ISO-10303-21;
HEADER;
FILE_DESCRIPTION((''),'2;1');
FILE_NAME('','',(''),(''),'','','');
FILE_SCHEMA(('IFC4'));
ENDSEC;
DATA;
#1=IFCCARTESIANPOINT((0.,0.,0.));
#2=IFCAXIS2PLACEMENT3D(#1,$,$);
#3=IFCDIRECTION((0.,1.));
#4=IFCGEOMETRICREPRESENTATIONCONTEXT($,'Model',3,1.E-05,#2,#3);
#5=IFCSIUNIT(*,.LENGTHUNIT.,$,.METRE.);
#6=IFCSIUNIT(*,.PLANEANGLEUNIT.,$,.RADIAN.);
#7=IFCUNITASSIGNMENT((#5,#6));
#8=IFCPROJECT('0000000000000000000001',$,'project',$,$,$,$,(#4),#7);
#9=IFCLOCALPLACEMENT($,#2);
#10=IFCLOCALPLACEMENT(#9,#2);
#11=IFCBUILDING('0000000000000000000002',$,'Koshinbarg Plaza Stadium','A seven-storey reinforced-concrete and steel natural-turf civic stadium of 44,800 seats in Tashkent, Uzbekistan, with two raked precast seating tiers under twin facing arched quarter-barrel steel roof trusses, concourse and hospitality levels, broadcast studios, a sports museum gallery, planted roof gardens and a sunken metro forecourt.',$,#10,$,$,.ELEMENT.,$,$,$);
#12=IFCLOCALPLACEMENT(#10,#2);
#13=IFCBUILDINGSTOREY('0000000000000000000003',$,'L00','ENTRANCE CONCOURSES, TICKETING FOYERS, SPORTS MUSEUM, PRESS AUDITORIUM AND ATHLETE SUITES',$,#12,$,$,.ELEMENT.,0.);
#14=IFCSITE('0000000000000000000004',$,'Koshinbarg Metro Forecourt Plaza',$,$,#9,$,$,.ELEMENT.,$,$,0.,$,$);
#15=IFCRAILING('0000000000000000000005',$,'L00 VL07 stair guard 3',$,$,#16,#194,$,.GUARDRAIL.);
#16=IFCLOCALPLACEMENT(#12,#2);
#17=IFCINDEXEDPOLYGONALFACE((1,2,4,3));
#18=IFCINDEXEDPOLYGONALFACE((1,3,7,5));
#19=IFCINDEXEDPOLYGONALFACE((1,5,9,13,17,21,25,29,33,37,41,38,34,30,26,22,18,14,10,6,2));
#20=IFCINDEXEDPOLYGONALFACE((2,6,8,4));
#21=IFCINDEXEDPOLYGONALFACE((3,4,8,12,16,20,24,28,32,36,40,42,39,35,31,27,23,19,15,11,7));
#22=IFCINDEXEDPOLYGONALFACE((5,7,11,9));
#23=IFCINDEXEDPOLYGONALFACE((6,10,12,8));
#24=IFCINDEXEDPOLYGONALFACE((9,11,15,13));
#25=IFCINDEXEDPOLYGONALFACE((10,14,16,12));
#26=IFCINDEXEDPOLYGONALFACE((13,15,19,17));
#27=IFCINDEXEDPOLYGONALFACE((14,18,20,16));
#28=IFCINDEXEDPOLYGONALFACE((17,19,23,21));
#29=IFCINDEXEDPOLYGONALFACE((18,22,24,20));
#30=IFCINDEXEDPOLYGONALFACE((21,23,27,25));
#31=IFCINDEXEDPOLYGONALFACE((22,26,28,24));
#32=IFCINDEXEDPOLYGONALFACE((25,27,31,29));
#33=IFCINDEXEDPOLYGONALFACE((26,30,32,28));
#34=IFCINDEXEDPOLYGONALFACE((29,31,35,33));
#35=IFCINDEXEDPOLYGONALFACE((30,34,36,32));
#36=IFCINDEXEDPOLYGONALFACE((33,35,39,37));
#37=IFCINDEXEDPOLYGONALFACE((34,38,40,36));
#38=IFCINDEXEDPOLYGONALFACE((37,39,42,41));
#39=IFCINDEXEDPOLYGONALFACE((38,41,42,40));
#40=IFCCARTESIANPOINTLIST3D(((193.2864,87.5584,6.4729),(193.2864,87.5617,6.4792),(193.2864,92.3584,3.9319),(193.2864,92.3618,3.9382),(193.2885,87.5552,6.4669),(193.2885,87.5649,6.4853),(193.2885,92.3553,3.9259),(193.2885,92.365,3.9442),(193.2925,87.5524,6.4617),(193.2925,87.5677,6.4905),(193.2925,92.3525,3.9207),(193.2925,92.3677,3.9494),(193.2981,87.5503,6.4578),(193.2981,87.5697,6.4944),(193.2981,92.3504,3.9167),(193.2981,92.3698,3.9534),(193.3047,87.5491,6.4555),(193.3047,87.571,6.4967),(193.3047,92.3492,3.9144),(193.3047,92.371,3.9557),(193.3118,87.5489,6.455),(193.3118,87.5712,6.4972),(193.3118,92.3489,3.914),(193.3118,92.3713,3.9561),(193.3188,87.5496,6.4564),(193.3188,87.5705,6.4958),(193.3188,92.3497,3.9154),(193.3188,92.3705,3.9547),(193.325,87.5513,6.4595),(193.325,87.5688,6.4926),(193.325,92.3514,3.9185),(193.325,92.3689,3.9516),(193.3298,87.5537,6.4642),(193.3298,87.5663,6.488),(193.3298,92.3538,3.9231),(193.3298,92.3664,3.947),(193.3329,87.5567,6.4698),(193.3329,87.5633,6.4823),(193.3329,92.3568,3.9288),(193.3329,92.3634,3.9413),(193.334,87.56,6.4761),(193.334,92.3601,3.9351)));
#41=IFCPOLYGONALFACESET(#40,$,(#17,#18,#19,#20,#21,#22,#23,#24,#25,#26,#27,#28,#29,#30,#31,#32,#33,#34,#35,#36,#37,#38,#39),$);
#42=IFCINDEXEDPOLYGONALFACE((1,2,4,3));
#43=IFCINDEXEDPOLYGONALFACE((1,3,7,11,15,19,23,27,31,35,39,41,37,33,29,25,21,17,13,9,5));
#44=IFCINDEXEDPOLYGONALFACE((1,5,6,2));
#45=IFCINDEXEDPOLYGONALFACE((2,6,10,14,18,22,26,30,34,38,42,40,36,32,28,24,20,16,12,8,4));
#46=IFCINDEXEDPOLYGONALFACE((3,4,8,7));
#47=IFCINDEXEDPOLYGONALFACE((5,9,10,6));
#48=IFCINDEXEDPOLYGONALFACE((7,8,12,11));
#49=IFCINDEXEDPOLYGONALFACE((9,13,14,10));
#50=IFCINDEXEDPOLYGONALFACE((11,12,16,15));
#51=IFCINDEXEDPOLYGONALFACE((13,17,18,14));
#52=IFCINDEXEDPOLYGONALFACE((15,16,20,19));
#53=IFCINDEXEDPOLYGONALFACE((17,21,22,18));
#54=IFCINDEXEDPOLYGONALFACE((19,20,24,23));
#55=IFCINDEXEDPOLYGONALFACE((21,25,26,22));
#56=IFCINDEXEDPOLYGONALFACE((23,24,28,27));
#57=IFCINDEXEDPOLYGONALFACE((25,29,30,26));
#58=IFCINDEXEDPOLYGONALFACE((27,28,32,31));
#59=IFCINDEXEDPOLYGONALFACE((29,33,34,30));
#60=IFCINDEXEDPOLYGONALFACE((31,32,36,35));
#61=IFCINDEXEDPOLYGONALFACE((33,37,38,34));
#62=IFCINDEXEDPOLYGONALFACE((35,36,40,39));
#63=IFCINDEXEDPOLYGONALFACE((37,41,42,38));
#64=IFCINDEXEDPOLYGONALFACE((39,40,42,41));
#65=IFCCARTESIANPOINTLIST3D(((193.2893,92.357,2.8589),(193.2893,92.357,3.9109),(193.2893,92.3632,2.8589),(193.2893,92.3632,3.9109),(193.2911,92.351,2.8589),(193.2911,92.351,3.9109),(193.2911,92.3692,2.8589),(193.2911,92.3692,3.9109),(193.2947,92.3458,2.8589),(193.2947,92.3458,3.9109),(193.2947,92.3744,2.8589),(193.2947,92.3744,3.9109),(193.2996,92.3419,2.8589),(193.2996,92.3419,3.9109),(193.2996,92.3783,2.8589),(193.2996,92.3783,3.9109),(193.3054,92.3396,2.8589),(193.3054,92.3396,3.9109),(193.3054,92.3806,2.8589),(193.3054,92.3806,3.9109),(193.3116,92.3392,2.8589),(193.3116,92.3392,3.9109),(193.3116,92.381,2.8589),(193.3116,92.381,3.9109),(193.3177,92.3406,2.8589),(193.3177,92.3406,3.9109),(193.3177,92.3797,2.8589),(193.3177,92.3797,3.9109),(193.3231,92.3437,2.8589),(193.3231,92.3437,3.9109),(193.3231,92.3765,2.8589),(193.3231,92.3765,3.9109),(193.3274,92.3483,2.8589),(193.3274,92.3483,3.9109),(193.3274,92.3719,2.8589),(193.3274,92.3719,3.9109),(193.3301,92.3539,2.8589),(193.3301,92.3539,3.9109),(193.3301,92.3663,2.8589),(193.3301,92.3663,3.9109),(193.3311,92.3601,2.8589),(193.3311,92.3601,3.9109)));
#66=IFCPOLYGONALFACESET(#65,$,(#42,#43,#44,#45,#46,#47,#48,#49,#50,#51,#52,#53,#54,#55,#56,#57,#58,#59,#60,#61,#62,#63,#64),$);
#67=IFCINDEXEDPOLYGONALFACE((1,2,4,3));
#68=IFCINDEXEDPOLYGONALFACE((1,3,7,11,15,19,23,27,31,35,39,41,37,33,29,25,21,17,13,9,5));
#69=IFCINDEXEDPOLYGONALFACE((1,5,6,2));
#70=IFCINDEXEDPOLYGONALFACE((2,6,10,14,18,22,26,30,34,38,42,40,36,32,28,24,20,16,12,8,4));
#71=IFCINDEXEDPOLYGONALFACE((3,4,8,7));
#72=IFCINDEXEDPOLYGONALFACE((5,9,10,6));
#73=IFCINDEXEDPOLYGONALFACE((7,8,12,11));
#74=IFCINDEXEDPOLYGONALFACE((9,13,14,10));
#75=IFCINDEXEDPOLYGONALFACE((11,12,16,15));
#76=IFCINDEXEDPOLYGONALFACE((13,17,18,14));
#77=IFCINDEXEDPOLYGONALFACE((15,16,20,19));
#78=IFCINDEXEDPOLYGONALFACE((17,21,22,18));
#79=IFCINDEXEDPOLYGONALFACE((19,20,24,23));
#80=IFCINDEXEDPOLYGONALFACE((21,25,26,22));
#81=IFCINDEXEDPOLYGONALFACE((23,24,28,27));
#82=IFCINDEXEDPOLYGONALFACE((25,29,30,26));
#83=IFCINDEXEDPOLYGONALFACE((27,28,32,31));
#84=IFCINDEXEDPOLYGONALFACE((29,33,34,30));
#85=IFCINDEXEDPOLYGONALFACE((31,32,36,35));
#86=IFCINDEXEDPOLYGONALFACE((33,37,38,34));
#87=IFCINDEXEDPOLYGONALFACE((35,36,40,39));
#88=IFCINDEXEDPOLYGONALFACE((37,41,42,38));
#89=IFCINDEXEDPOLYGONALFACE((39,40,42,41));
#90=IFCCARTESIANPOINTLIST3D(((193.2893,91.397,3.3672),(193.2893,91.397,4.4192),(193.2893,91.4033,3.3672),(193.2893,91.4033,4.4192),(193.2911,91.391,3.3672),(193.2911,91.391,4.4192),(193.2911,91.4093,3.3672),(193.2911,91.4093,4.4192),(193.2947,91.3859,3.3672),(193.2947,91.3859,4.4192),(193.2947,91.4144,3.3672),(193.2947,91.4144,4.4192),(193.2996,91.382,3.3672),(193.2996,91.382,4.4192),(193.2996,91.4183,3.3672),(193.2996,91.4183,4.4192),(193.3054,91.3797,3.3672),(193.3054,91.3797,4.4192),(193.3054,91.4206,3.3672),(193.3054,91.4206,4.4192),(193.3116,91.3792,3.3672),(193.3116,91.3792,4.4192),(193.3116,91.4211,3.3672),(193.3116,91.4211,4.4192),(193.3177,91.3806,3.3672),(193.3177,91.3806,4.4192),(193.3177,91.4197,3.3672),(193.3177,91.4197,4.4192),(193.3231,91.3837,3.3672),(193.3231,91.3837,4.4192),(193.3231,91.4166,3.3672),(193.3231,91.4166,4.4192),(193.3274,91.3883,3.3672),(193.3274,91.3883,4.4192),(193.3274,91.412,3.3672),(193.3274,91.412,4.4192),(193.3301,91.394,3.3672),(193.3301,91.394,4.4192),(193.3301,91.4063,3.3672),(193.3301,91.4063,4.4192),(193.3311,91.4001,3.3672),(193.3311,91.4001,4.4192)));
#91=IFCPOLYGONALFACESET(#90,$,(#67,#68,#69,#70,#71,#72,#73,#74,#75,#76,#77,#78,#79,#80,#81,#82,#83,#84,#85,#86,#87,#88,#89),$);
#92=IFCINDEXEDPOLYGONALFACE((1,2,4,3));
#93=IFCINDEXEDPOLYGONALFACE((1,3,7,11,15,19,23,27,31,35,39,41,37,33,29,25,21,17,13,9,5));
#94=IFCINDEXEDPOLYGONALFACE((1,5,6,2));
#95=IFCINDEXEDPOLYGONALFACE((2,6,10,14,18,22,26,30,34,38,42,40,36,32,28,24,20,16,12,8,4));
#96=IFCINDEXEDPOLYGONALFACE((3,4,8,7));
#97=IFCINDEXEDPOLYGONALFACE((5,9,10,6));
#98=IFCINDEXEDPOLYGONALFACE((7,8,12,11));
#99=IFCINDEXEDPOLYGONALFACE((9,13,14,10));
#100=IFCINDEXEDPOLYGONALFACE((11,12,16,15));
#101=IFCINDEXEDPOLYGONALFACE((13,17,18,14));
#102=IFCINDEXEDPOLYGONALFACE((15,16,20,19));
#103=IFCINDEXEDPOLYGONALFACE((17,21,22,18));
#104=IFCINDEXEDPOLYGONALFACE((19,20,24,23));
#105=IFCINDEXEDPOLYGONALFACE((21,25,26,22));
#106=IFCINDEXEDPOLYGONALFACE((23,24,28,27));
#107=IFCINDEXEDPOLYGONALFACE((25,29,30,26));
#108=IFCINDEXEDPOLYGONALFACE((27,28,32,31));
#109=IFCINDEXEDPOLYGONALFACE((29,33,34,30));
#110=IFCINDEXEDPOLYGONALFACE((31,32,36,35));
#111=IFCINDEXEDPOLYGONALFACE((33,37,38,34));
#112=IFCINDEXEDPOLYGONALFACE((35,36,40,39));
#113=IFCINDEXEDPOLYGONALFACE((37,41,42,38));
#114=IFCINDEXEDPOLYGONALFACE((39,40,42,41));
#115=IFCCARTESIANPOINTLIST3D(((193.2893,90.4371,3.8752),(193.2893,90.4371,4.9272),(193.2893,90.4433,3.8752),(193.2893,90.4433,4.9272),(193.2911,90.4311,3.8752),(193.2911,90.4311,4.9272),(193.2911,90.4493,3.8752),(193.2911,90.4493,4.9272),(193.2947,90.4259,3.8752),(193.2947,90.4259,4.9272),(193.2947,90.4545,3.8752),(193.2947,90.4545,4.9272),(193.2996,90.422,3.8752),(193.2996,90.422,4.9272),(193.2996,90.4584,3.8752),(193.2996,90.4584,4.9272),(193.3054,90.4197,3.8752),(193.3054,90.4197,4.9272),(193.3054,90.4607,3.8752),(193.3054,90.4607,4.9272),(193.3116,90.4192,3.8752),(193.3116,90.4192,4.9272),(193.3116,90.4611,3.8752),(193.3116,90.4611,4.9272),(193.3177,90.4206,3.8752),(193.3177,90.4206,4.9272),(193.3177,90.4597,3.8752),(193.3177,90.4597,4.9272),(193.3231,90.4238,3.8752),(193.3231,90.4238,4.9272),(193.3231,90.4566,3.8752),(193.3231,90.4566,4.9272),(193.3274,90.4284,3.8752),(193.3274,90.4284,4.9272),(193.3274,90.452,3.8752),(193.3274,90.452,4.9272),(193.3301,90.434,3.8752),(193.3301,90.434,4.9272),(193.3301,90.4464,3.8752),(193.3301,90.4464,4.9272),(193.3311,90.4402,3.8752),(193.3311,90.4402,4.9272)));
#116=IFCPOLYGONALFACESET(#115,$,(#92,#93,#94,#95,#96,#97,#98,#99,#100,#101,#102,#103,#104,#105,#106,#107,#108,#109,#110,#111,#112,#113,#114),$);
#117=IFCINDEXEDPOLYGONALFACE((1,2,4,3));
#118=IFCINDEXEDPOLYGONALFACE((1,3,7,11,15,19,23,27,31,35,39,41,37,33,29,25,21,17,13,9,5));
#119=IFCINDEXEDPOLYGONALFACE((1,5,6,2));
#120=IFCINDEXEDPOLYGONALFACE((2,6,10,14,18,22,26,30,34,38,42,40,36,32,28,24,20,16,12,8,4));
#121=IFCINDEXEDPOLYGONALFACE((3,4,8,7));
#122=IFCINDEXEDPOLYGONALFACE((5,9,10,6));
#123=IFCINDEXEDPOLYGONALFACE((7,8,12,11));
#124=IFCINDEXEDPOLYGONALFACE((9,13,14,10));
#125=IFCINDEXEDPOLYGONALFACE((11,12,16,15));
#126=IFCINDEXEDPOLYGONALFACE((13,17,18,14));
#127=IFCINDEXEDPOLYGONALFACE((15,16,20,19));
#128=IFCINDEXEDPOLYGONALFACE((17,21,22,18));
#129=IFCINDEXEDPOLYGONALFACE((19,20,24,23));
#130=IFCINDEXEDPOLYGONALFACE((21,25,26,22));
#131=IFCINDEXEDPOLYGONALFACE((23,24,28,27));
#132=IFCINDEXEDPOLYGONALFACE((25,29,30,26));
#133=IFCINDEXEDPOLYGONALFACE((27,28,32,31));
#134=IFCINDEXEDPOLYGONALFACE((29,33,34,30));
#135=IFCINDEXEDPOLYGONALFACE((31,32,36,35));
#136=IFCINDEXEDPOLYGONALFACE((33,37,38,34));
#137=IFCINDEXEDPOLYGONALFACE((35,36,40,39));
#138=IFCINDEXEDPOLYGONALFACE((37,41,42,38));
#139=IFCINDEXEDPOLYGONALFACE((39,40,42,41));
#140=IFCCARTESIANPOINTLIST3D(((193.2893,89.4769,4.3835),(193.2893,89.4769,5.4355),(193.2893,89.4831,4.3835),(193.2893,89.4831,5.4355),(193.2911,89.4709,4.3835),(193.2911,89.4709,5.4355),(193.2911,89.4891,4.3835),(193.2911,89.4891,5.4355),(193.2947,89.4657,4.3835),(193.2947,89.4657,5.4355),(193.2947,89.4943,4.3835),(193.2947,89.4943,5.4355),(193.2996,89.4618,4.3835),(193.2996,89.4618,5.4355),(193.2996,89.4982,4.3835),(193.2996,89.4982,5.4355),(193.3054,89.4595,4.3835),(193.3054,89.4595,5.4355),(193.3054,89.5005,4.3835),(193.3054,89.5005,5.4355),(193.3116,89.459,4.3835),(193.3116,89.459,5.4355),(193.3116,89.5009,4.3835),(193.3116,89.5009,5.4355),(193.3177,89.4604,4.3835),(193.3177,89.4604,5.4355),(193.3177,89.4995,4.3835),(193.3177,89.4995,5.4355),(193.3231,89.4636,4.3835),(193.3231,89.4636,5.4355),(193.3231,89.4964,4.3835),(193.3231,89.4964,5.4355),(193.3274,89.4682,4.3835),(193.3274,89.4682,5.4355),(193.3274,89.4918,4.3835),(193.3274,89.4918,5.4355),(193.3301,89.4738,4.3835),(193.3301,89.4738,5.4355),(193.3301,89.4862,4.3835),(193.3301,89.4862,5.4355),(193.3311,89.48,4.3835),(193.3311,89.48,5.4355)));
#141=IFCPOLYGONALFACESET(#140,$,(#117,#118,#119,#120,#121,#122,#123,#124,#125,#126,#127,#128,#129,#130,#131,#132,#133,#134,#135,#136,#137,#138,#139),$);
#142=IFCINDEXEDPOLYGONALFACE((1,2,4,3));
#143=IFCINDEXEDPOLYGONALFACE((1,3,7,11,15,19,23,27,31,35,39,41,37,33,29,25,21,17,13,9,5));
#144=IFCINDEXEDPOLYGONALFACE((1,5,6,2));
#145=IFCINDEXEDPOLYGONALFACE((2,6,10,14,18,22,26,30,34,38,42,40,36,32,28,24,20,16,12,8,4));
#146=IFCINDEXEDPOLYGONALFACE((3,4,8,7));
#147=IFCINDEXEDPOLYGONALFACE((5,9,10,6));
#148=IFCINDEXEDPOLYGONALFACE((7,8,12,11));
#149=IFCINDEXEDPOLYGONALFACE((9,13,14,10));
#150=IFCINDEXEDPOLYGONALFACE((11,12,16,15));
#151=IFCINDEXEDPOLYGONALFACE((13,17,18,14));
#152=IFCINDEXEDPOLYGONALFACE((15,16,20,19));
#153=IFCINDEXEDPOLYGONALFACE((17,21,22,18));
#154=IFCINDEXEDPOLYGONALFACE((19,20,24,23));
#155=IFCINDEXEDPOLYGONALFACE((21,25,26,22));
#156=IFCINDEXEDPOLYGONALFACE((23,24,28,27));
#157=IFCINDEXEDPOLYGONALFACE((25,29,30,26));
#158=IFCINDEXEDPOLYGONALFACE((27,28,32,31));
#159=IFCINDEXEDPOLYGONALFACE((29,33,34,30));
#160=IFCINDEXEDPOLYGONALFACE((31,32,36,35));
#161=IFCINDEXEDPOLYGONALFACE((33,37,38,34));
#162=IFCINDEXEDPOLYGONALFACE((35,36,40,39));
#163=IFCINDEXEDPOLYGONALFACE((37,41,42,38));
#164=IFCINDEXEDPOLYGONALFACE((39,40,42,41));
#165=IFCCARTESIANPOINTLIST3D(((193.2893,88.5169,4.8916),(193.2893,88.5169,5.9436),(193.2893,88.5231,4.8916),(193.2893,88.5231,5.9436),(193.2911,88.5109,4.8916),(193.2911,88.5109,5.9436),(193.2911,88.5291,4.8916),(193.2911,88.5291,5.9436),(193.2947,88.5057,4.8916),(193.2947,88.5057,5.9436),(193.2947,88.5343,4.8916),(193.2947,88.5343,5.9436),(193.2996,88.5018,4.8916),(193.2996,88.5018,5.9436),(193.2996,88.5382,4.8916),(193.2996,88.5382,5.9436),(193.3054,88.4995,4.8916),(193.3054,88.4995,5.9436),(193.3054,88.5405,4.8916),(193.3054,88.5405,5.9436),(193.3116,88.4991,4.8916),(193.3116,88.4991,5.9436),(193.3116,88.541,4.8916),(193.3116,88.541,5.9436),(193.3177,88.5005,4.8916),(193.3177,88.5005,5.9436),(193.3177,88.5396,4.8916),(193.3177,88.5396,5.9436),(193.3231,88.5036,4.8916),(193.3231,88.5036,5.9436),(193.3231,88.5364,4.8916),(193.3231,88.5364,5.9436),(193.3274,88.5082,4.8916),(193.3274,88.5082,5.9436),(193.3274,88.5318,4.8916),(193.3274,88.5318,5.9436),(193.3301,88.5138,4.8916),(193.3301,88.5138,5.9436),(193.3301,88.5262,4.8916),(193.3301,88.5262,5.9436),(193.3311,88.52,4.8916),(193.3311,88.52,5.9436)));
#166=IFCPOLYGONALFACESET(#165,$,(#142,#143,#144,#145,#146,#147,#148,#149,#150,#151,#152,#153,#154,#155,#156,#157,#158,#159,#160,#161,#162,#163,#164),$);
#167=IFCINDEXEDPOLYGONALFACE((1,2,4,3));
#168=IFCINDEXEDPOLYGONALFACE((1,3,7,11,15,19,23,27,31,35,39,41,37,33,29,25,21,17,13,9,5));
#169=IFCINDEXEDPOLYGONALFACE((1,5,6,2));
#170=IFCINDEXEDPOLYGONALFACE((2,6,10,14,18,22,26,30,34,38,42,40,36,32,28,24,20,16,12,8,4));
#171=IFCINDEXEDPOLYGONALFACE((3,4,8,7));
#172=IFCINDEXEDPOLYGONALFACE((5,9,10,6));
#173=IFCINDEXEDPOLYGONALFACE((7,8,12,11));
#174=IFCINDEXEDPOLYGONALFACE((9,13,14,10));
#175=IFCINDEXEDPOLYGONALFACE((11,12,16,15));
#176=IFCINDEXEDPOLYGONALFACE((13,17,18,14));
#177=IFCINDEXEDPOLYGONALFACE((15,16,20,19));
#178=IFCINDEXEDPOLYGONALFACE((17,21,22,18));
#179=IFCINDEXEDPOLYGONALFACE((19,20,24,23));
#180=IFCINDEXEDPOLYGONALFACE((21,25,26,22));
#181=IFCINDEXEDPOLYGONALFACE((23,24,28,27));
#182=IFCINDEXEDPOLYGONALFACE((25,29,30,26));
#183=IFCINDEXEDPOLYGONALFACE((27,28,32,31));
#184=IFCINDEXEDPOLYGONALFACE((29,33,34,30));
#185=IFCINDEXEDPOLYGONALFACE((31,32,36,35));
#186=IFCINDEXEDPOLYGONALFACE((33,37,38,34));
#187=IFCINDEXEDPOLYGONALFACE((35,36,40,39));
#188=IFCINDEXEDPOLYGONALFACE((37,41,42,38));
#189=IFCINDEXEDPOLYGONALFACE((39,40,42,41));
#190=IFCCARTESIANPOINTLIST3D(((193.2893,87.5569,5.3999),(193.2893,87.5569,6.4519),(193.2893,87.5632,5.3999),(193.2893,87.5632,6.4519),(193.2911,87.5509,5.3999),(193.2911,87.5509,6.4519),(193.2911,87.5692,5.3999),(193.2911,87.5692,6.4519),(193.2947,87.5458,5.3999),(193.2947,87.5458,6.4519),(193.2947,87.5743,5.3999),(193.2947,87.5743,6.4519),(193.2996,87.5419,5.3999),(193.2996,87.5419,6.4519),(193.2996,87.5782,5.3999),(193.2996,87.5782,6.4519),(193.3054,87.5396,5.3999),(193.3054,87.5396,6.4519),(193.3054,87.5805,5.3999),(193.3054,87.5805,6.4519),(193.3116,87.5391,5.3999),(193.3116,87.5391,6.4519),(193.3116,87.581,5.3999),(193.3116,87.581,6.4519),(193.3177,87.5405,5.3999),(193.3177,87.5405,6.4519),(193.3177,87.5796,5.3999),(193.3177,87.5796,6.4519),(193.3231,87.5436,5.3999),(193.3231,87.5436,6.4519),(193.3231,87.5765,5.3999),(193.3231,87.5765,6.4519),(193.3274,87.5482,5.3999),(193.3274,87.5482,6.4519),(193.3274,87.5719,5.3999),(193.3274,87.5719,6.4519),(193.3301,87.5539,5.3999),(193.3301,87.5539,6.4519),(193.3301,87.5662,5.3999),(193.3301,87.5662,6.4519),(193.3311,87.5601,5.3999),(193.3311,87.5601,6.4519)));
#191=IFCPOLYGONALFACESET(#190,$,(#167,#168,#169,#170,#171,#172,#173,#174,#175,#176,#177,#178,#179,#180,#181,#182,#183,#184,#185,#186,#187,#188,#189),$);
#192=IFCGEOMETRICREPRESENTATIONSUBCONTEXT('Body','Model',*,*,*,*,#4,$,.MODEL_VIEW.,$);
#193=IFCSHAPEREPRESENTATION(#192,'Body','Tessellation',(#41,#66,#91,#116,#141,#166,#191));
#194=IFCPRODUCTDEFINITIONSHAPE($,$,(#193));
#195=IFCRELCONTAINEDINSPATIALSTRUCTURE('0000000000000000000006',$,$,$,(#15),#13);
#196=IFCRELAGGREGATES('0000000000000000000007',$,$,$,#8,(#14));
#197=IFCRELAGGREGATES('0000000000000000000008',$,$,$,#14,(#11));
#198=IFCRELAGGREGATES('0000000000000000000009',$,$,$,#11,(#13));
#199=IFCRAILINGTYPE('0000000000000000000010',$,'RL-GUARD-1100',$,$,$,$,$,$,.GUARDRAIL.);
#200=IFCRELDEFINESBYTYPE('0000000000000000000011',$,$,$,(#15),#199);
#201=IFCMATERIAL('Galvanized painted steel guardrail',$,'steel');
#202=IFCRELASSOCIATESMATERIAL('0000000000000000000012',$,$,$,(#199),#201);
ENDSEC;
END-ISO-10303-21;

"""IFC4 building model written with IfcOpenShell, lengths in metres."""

from ifc_helpers import new_model, si_unit, direction, frame, origin, origin_2d, place, context, subcontext, project, spatial, circle, extrude, material, type_object, element, save


model = new_model("IFC4")

# Units and contexts
model_context = context("Model", 3, precision=1e-05, world=origin(), true_north=direction((0.0, 1.0)))
body_context = subcontext(model_context, "Body", "Model", "MODEL_VIEW")
ifc_project = project(units=[si_unit("LENGTHUNIT", "METRE"), si_unit("PLANEANGLEUNIT", "RADIAN")], contexts=[model_context])

# Site, building, storey
site_placement = place(None, origin())
site = spatial("IfcSite", under=ifc_project, at=site_placement, Name="Koshinbarg Metro Forecourt Plaza", CompositionType="ELEMENT", RefElevation=0.0)
building_placement = place(site_placement, origin())
building = spatial("IfcBuilding", under=site, at=building_placement, Name="Koshinbarg Plaza Stadium", Description="A seven-storey reinforced-concrete and steel natural-turf civic stadium of 44,800 seats in Tashkent, Uzbekistan, with two raked precast seating tiers under twin facing arched quarter-barrel steel roof trusses, concourse and hospitality levels, broadcast studios, a sports museum gallery, planted roof gardens and a sunken metro forecourt.", CompositionType="ELEMENT")
storey_placement = place(building_placement, origin())
storey = spatial("IfcBuildingStorey", under=building, at=storey_placement, Name="L00", Description="ENTRANCE CONCOURSES, TICKETING FOYERS, SPORTS MUSEUM, PRESS AUDITORIUM AND ATHLETE SUITES", CompositionType="ELEMENT", Elevation=0.0)

# Railing
ifc_material_1 = material(Name="Galvanized painted steel guardrail", Category="steel")
railing_type_1 = type_object("IfcRailingType", Name="RL-GUARD-1100", PredefinedType="GUARDRAIL", material=ifc_material_1)
railing_1_placement = place(storey_placement, frame((193.3101, 92.3601, 2.8589)))
element("IfcRailing", 1, at=railing_1_placement, inside=storey, type_object=railing_type_1, Name="L00 VL07 stair guard 3", PredefinedType="GUARDRAIL", context=body_context, shape_type="SweptSolid", body=[
    extrude(circle(Radius=0.0239, at=origin_2d()), frame((0.0, 0.0, 1.0762), z_axis=(0.0, -0.883802, 0.467861), x_axis=(1.0, 0.0, 0.0)), (0.0, 0.0, 1.0), 5.4312),
    extrude(circle(Radius=0.021, at=origin_2d()), origin(), (0.0, 0.0, 1.0), 1.052),
    extrude(circle(Radius=0.021, at=origin_2d()), frame((0.0, -0.96, 0.5083)), (0.0, 0.0, 1.0), 1.052),
    extrude(circle(Radius=0.021, at=origin_2d()), frame((0.0, -1.9199, 1.0164)), (0.0, 0.0, 1.0), 1.052),
    extrude(circle(Radius=0.021, at=origin_2d()), frame((0.0, -2.8801, 1.5247)), (0.0, 0.0, 1.0), 1.052),
    extrude(circle(Radius=0.021, at=origin_2d()), frame((0.0, -3.8401, 2.0327)), (0.0, 0.0, 1.0), 1.052),
    extrude(circle(Radius=0.021, at=origin_2d()), frame((0.0, -4.8, 2.541)), (0.0, 0.0, 1.0), 1.052),
])

save(model, "model.ifc")
